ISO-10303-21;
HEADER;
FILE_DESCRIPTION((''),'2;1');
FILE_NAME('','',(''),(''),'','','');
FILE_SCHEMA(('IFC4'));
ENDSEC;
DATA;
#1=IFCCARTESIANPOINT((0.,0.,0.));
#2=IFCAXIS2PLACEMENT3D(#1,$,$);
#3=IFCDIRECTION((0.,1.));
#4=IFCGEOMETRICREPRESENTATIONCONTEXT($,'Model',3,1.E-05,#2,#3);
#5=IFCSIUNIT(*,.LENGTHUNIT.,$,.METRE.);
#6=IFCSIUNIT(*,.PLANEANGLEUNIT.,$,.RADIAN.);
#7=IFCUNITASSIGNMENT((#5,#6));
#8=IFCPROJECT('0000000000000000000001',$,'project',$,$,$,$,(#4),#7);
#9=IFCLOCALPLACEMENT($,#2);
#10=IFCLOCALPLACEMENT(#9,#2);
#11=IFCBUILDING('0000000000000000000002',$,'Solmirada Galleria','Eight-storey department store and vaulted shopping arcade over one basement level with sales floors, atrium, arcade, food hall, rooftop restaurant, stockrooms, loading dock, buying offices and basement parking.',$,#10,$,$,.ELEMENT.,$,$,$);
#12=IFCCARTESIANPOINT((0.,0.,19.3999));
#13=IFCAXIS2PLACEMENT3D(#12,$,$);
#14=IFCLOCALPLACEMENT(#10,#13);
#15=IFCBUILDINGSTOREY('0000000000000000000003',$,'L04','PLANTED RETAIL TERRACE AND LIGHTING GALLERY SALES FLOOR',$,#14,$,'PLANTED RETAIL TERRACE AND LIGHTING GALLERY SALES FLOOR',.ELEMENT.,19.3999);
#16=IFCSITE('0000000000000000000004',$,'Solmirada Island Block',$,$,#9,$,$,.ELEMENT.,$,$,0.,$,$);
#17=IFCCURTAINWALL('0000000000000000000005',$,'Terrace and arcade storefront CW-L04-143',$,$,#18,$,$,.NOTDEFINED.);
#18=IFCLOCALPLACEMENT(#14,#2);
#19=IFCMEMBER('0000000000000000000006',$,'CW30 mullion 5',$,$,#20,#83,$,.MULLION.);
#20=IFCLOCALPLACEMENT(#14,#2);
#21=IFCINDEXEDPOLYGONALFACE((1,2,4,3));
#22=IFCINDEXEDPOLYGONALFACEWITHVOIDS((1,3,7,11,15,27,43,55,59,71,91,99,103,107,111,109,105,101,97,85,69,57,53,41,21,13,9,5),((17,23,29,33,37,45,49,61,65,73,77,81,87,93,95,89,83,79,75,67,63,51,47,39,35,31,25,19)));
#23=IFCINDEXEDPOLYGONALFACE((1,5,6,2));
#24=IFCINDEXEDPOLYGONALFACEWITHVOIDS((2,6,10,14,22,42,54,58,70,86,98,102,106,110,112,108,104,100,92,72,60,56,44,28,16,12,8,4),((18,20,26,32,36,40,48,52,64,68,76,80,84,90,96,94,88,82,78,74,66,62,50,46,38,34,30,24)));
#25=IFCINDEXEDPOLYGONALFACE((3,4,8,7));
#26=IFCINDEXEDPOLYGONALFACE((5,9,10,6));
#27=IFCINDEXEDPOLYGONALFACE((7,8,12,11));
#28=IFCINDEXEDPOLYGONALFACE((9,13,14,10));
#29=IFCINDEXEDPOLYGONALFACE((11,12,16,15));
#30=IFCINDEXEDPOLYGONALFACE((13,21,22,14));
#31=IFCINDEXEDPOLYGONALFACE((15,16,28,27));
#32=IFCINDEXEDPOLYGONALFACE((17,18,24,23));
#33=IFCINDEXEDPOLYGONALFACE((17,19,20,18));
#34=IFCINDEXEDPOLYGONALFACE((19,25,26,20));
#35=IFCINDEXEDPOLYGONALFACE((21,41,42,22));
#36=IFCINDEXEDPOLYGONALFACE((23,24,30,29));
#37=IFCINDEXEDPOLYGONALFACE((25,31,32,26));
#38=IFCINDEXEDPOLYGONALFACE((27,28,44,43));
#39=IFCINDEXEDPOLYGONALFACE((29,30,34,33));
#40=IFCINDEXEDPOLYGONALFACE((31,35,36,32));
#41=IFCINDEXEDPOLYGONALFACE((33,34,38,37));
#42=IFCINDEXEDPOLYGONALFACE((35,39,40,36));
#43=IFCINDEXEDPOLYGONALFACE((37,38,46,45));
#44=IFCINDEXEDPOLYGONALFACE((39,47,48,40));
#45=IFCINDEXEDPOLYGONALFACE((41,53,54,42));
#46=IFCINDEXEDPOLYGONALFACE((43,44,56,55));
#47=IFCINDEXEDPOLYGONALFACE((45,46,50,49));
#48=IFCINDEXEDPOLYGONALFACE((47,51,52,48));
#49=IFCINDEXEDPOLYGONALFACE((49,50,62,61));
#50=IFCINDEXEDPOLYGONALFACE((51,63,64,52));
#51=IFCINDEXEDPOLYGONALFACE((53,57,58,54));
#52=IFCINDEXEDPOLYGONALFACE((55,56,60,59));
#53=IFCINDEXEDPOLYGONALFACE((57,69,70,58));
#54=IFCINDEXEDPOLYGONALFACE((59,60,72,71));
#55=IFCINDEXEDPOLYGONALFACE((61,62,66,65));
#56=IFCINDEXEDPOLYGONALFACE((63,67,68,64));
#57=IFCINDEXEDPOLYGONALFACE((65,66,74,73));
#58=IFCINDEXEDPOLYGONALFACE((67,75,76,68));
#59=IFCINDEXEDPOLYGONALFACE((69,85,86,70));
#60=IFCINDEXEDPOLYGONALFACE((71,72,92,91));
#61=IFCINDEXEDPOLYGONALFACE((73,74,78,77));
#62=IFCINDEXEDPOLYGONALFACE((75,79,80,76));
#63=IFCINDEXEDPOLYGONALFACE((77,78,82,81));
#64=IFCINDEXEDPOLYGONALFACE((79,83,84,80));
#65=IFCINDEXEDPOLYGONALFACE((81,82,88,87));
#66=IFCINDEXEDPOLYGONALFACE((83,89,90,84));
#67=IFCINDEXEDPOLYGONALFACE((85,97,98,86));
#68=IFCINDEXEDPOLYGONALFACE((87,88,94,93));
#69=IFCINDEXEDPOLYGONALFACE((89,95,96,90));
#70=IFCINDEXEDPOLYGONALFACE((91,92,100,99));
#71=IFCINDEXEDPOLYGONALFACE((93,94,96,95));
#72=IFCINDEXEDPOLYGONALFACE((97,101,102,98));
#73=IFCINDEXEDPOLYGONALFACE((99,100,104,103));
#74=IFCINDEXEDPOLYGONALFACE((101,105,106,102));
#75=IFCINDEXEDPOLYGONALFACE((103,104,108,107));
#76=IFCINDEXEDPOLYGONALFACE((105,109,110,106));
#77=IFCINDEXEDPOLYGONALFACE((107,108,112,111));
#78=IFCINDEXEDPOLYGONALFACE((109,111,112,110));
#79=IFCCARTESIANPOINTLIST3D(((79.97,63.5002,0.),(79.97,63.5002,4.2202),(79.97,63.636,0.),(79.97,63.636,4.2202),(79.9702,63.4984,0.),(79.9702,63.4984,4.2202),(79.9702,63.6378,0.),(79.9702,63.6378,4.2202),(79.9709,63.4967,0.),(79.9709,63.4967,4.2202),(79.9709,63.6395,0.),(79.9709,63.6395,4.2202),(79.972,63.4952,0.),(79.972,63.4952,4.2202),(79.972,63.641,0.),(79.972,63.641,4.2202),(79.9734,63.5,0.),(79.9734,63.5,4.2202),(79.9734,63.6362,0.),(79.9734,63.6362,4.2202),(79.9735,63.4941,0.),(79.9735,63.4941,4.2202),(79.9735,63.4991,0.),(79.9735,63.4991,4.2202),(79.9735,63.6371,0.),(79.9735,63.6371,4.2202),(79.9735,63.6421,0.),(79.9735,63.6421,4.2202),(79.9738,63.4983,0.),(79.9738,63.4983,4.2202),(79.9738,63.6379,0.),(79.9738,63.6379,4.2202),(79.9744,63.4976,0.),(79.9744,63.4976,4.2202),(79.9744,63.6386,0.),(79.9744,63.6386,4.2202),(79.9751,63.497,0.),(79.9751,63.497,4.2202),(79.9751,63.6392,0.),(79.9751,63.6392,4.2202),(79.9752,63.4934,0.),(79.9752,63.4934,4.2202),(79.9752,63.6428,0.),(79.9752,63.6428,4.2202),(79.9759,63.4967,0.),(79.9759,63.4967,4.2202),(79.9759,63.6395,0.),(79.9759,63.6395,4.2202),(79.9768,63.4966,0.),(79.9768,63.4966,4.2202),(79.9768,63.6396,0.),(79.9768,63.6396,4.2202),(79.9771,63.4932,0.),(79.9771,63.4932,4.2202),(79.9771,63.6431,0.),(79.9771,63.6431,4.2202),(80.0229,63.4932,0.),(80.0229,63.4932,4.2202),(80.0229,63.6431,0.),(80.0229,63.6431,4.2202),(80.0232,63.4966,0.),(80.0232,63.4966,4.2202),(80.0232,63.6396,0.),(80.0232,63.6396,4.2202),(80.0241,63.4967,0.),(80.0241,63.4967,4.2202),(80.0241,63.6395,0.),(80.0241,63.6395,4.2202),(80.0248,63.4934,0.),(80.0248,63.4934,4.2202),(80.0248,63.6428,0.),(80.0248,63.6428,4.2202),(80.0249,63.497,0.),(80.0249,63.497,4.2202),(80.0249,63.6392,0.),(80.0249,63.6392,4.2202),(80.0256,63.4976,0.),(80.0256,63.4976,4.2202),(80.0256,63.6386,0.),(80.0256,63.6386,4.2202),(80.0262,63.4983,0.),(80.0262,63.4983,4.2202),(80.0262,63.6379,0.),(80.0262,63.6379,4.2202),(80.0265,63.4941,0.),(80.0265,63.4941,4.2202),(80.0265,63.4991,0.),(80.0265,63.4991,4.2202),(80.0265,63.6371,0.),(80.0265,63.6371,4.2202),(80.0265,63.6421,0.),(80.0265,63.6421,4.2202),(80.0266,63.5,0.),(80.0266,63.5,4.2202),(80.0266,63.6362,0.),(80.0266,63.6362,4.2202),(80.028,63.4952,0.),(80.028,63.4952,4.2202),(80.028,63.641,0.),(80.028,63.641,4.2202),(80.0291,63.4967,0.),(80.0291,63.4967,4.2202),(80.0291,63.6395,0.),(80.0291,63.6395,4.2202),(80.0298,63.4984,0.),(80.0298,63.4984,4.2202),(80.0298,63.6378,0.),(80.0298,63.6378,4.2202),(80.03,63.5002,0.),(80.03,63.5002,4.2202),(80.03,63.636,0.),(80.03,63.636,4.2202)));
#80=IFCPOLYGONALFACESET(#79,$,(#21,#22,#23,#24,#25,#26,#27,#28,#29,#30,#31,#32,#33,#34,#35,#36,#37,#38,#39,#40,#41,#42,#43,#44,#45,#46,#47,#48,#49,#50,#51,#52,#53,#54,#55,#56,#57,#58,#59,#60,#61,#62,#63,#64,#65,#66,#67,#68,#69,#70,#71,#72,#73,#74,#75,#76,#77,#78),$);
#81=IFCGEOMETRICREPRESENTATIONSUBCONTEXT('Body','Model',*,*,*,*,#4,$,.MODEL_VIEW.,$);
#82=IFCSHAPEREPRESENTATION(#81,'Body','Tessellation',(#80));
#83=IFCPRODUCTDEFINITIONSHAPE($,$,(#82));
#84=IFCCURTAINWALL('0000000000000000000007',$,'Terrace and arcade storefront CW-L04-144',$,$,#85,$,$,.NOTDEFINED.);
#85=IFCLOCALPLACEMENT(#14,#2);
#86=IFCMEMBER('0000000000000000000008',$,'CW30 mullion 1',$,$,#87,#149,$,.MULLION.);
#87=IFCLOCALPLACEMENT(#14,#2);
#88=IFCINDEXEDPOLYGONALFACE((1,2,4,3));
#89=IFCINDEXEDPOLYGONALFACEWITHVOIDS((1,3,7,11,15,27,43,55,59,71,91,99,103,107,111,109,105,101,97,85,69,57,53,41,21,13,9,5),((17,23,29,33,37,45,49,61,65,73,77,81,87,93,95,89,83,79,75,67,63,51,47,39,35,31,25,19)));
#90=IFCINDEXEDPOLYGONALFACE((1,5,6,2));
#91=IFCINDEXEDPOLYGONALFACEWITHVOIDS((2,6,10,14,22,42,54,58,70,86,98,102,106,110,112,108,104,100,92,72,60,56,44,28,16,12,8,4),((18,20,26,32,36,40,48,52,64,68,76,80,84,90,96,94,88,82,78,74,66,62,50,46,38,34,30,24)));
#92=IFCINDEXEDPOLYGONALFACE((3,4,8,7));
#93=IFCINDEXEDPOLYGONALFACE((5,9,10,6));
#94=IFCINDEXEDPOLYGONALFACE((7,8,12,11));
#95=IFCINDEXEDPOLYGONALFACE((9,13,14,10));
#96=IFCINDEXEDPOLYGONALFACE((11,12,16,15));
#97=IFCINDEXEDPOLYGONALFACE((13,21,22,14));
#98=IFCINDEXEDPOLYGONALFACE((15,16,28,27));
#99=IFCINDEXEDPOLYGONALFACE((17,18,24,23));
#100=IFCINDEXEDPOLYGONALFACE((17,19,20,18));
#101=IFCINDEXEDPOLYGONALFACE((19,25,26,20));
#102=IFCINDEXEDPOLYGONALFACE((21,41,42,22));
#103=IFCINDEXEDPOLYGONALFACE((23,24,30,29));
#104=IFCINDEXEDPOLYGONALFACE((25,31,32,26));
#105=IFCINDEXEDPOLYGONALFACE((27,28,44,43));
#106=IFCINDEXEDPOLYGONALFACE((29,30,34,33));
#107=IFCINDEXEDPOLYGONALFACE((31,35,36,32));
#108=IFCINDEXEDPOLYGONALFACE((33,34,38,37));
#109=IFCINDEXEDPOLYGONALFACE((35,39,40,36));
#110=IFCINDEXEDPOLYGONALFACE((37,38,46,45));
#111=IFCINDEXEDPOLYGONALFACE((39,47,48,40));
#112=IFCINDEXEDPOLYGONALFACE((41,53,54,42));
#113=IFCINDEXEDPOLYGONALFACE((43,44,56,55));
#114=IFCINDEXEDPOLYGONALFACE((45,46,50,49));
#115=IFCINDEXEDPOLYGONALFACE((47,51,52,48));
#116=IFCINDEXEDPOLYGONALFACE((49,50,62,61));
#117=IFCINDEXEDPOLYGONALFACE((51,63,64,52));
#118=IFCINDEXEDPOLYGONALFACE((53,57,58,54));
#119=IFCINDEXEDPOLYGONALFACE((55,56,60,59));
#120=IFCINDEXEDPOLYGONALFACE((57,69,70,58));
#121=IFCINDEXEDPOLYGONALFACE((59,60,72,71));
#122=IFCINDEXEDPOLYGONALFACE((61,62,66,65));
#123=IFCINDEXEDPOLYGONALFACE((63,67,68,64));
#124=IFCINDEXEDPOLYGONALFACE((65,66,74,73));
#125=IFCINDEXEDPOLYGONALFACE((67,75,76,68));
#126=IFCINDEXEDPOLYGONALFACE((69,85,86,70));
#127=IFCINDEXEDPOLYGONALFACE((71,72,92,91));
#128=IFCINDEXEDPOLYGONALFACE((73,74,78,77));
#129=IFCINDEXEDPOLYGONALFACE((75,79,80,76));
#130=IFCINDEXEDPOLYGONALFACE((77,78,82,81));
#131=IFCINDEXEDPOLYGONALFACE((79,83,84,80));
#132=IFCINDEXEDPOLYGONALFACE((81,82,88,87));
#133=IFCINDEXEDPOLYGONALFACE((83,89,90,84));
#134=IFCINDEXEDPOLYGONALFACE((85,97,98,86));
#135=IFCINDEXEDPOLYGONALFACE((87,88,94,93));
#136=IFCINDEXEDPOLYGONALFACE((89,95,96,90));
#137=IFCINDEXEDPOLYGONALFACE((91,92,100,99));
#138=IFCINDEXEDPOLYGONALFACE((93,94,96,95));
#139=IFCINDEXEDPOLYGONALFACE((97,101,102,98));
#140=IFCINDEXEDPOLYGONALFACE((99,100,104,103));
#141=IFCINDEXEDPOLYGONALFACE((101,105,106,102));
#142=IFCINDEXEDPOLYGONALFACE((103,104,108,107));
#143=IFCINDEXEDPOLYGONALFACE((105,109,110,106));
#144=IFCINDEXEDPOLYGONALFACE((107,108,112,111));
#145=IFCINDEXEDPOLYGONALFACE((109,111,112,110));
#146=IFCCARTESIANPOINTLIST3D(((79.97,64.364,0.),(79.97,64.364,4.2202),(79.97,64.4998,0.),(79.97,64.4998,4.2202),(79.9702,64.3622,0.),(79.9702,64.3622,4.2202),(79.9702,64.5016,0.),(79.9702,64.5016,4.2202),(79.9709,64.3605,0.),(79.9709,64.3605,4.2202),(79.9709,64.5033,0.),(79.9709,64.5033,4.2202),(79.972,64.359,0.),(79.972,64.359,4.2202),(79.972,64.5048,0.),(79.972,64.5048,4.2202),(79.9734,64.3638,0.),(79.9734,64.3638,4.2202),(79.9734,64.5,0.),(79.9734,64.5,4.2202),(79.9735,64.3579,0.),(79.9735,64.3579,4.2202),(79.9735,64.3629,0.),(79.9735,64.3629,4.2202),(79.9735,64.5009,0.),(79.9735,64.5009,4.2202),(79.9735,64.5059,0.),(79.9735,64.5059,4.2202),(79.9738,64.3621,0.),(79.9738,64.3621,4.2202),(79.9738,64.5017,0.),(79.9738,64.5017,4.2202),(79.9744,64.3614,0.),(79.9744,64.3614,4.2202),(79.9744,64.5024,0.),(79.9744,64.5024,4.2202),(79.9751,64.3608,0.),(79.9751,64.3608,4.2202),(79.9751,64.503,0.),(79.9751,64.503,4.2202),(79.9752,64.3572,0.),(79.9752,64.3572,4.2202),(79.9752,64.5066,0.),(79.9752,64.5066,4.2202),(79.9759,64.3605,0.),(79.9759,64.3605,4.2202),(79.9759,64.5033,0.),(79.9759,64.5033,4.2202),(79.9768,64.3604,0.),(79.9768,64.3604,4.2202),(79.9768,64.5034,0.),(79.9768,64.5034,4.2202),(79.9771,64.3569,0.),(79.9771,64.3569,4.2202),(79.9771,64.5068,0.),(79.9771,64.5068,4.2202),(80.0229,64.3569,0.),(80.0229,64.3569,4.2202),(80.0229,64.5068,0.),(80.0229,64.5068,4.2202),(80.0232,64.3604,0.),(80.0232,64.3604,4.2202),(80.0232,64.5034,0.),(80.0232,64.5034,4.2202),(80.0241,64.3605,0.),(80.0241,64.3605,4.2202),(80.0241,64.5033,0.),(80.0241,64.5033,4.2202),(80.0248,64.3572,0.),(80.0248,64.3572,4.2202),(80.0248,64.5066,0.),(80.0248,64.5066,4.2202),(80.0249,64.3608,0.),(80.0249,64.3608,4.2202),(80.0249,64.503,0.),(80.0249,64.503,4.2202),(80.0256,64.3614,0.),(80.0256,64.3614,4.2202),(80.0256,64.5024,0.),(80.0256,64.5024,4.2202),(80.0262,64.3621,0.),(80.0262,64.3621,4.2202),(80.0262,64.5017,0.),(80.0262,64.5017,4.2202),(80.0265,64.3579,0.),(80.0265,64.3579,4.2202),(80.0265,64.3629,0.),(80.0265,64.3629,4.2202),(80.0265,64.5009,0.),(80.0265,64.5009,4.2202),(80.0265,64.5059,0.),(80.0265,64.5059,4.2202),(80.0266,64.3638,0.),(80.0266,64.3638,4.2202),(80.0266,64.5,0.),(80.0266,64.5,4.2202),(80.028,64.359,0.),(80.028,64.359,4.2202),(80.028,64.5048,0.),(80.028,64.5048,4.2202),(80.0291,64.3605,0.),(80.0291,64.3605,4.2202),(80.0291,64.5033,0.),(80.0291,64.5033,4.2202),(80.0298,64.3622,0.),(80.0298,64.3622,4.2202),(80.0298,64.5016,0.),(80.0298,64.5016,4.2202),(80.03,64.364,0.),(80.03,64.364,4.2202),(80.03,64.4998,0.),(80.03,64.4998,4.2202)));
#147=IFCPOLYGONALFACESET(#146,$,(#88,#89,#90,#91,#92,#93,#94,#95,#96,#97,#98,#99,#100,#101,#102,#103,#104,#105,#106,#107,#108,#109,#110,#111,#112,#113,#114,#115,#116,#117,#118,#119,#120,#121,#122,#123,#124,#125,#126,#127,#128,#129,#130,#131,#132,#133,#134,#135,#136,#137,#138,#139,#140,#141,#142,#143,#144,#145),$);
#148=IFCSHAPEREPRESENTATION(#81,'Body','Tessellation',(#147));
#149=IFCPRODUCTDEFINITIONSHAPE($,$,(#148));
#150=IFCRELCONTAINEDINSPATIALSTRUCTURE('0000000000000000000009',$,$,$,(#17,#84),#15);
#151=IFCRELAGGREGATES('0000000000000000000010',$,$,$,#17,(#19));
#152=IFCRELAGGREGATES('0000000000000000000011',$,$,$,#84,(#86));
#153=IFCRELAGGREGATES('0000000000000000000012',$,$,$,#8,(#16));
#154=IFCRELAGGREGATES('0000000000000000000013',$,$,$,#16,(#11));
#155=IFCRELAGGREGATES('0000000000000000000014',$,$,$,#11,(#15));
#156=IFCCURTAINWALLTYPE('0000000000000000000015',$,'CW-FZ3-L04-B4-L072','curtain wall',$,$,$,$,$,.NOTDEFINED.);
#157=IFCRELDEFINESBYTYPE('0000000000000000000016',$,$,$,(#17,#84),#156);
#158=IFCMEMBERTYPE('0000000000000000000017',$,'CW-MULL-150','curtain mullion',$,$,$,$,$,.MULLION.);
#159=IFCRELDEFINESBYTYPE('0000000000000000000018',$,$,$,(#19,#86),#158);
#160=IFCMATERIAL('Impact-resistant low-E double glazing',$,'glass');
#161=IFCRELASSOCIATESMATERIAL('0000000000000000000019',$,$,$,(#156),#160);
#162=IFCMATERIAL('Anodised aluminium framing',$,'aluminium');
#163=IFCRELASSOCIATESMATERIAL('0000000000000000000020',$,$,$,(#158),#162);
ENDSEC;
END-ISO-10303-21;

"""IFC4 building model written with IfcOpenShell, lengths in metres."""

from ifc_helpers import new_model, si_unit, direction, frame, origin, origin_2d, place, context, subcontext, project, spatial, hollow_rectangle, extrude, material, material_profile, profile_set, type_object, element, aggregate, save


model = new_model("IFC4")

# Units and contexts
model_context = context("Model", 3, precision=1e-05, world=origin(), true_north=direction((0.0, 1.0)))
body_context = subcontext(model_context, "Body", "Model", "MODEL_VIEW")
ifc_project = project(units=[si_unit("LENGTHUNIT", "METRE"), si_unit("PLANEANGLEUNIT", "RADIAN")], contexts=[model_context])

# Site, building, storey
site_placement = place(None, origin())
site = spatial("IfcSite", under=ifc_project, at=site_placement, Name="Solmirada Island Block", CompositionType="ELEMENT", RefElevation=0.0)
building_placement = place(site_placement, origin())
building = spatial("IfcBuilding", under=site, at=building_placement, Name="Solmirada Galleria", Description="Eight-storey department store and vaulted shopping arcade over one basement level with sales floors, atrium, arcade, food hall, rooftop restaurant, stockrooms, loading dock, buying offices and basement parking.", CompositionType="ELEMENT")
storey_placement = place(building_placement, frame((0.0, 0.0, 19.3999)))
storey = spatial("IfcBuildingStorey", under=building, at=storey_placement, Name="L04", Description="PLANTED RETAIL TERRACE AND LIGHTING GALLERY SALES FLOOR", LongName="PLANTED RETAIL TERRACE AND LIGHTING GALLERY SALES FLOOR", CompositionType="ELEMENT", Elevation=19.3999)

# Curtain wall, member
ifc_material_1 = material(Name="Impact-resistant low-E double glazing", Category="glass")
curtain_wall_type = type_object("IfcCurtainWallType", Name="CW-FZ3-L04-B4-L072", Description="curtain wall", PredefinedType="NOTDEFINED", material=ifc_material_1)
curtain_wall_1_placement = place(storey_placement, origin())
curtain_wall_1 = element("IfcCurtainWall", 1, at=curtain_wall_1_placement, inside=storey, type_object=curtain_wall_type, Name="Terrace and arcade storefront CW-L04-143", PredefinedType="NOTDEFINED")
ifc_material_2 = material(Name="Anodised aluminium framing", Category="aluminium")
ifc_material_profile_1 = material_profile(ifc_material_2, hollow_rectangle(XDim=0.0601, YDim=0.1499, WallThickness=0.0034, InnerFilletRadius=0.0034, OuterFilletRadius=0.0071, at=origin_2d()), Name="ALU-MULL-150X60")
ifc_profile_set_1 = profile_set([ifc_material_profile_1], Name="Anodised aluminium framing")
member_type_1 = type_object("IfcMemberType", Name="CW-MULL-150", Description="curtain mullion", PredefinedType="MULLION", material=ifc_profile_set_1)
member_1_placement = place(storey_placement, frame((80.0, 63.5681, 0.0), z_axis=(0.0, 0.0, 1.0), x_axis=(-1.0, 0.0, 0.0)))
member_1 = element("IfcMember", 2, at=member_1_placement, type_object=member_type_1, Name="CW30 mullion 5", PredefinedType="MULLION", context=body_context, shape_type="SweptSolid", body=[
    extrude(hollow_rectangle(XDim=0.0601, YDim=0.1499, WallThickness=0.0034, InnerFilletRadius=0.0034, OuterFilletRadius=0.0071, at=origin_2d()), origin(), (0.0, 0.0, 1.0), 4.2202),
])

# Curtain wall, member
curtain_wall_2_placement = place(storey_placement, origin())
curtain_wall_2 = element("IfcCurtainWall", 3, at=curtain_wall_2_placement, inside=storey, type_object=curtain_wall_type, Name="Terrace and arcade storefront CW-L04-144", PredefinedType="NOTDEFINED")
member_2_placement = place(storey_placement, frame((80.0, 64.4319, 0.0), z_axis=(0.0, 0.0, 1.0), x_axis=(-1.0, 0.0, 0.0)))
member_2 = element("IfcMember", 4, at=member_2_placement, type_object=member_type_1, Name="CW30 mullion 1", PredefinedType="MULLION", context=body_context, shape_type="SweptSolid", body=[
    extrude(hollow_rectangle(XDim=0.0601, YDim=0.1499, WallThickness=0.0034, InnerFilletRadius=0.0034, OuterFilletRadius=0.0071, at=origin_2d()), origin(), (0.0, 0.0, 1.0), 4.2202),
])

aggregate(curtain_wall_1, [member_1])
aggregate(curtain_wall_2, [member_2])

save(model, "model.ifc")
